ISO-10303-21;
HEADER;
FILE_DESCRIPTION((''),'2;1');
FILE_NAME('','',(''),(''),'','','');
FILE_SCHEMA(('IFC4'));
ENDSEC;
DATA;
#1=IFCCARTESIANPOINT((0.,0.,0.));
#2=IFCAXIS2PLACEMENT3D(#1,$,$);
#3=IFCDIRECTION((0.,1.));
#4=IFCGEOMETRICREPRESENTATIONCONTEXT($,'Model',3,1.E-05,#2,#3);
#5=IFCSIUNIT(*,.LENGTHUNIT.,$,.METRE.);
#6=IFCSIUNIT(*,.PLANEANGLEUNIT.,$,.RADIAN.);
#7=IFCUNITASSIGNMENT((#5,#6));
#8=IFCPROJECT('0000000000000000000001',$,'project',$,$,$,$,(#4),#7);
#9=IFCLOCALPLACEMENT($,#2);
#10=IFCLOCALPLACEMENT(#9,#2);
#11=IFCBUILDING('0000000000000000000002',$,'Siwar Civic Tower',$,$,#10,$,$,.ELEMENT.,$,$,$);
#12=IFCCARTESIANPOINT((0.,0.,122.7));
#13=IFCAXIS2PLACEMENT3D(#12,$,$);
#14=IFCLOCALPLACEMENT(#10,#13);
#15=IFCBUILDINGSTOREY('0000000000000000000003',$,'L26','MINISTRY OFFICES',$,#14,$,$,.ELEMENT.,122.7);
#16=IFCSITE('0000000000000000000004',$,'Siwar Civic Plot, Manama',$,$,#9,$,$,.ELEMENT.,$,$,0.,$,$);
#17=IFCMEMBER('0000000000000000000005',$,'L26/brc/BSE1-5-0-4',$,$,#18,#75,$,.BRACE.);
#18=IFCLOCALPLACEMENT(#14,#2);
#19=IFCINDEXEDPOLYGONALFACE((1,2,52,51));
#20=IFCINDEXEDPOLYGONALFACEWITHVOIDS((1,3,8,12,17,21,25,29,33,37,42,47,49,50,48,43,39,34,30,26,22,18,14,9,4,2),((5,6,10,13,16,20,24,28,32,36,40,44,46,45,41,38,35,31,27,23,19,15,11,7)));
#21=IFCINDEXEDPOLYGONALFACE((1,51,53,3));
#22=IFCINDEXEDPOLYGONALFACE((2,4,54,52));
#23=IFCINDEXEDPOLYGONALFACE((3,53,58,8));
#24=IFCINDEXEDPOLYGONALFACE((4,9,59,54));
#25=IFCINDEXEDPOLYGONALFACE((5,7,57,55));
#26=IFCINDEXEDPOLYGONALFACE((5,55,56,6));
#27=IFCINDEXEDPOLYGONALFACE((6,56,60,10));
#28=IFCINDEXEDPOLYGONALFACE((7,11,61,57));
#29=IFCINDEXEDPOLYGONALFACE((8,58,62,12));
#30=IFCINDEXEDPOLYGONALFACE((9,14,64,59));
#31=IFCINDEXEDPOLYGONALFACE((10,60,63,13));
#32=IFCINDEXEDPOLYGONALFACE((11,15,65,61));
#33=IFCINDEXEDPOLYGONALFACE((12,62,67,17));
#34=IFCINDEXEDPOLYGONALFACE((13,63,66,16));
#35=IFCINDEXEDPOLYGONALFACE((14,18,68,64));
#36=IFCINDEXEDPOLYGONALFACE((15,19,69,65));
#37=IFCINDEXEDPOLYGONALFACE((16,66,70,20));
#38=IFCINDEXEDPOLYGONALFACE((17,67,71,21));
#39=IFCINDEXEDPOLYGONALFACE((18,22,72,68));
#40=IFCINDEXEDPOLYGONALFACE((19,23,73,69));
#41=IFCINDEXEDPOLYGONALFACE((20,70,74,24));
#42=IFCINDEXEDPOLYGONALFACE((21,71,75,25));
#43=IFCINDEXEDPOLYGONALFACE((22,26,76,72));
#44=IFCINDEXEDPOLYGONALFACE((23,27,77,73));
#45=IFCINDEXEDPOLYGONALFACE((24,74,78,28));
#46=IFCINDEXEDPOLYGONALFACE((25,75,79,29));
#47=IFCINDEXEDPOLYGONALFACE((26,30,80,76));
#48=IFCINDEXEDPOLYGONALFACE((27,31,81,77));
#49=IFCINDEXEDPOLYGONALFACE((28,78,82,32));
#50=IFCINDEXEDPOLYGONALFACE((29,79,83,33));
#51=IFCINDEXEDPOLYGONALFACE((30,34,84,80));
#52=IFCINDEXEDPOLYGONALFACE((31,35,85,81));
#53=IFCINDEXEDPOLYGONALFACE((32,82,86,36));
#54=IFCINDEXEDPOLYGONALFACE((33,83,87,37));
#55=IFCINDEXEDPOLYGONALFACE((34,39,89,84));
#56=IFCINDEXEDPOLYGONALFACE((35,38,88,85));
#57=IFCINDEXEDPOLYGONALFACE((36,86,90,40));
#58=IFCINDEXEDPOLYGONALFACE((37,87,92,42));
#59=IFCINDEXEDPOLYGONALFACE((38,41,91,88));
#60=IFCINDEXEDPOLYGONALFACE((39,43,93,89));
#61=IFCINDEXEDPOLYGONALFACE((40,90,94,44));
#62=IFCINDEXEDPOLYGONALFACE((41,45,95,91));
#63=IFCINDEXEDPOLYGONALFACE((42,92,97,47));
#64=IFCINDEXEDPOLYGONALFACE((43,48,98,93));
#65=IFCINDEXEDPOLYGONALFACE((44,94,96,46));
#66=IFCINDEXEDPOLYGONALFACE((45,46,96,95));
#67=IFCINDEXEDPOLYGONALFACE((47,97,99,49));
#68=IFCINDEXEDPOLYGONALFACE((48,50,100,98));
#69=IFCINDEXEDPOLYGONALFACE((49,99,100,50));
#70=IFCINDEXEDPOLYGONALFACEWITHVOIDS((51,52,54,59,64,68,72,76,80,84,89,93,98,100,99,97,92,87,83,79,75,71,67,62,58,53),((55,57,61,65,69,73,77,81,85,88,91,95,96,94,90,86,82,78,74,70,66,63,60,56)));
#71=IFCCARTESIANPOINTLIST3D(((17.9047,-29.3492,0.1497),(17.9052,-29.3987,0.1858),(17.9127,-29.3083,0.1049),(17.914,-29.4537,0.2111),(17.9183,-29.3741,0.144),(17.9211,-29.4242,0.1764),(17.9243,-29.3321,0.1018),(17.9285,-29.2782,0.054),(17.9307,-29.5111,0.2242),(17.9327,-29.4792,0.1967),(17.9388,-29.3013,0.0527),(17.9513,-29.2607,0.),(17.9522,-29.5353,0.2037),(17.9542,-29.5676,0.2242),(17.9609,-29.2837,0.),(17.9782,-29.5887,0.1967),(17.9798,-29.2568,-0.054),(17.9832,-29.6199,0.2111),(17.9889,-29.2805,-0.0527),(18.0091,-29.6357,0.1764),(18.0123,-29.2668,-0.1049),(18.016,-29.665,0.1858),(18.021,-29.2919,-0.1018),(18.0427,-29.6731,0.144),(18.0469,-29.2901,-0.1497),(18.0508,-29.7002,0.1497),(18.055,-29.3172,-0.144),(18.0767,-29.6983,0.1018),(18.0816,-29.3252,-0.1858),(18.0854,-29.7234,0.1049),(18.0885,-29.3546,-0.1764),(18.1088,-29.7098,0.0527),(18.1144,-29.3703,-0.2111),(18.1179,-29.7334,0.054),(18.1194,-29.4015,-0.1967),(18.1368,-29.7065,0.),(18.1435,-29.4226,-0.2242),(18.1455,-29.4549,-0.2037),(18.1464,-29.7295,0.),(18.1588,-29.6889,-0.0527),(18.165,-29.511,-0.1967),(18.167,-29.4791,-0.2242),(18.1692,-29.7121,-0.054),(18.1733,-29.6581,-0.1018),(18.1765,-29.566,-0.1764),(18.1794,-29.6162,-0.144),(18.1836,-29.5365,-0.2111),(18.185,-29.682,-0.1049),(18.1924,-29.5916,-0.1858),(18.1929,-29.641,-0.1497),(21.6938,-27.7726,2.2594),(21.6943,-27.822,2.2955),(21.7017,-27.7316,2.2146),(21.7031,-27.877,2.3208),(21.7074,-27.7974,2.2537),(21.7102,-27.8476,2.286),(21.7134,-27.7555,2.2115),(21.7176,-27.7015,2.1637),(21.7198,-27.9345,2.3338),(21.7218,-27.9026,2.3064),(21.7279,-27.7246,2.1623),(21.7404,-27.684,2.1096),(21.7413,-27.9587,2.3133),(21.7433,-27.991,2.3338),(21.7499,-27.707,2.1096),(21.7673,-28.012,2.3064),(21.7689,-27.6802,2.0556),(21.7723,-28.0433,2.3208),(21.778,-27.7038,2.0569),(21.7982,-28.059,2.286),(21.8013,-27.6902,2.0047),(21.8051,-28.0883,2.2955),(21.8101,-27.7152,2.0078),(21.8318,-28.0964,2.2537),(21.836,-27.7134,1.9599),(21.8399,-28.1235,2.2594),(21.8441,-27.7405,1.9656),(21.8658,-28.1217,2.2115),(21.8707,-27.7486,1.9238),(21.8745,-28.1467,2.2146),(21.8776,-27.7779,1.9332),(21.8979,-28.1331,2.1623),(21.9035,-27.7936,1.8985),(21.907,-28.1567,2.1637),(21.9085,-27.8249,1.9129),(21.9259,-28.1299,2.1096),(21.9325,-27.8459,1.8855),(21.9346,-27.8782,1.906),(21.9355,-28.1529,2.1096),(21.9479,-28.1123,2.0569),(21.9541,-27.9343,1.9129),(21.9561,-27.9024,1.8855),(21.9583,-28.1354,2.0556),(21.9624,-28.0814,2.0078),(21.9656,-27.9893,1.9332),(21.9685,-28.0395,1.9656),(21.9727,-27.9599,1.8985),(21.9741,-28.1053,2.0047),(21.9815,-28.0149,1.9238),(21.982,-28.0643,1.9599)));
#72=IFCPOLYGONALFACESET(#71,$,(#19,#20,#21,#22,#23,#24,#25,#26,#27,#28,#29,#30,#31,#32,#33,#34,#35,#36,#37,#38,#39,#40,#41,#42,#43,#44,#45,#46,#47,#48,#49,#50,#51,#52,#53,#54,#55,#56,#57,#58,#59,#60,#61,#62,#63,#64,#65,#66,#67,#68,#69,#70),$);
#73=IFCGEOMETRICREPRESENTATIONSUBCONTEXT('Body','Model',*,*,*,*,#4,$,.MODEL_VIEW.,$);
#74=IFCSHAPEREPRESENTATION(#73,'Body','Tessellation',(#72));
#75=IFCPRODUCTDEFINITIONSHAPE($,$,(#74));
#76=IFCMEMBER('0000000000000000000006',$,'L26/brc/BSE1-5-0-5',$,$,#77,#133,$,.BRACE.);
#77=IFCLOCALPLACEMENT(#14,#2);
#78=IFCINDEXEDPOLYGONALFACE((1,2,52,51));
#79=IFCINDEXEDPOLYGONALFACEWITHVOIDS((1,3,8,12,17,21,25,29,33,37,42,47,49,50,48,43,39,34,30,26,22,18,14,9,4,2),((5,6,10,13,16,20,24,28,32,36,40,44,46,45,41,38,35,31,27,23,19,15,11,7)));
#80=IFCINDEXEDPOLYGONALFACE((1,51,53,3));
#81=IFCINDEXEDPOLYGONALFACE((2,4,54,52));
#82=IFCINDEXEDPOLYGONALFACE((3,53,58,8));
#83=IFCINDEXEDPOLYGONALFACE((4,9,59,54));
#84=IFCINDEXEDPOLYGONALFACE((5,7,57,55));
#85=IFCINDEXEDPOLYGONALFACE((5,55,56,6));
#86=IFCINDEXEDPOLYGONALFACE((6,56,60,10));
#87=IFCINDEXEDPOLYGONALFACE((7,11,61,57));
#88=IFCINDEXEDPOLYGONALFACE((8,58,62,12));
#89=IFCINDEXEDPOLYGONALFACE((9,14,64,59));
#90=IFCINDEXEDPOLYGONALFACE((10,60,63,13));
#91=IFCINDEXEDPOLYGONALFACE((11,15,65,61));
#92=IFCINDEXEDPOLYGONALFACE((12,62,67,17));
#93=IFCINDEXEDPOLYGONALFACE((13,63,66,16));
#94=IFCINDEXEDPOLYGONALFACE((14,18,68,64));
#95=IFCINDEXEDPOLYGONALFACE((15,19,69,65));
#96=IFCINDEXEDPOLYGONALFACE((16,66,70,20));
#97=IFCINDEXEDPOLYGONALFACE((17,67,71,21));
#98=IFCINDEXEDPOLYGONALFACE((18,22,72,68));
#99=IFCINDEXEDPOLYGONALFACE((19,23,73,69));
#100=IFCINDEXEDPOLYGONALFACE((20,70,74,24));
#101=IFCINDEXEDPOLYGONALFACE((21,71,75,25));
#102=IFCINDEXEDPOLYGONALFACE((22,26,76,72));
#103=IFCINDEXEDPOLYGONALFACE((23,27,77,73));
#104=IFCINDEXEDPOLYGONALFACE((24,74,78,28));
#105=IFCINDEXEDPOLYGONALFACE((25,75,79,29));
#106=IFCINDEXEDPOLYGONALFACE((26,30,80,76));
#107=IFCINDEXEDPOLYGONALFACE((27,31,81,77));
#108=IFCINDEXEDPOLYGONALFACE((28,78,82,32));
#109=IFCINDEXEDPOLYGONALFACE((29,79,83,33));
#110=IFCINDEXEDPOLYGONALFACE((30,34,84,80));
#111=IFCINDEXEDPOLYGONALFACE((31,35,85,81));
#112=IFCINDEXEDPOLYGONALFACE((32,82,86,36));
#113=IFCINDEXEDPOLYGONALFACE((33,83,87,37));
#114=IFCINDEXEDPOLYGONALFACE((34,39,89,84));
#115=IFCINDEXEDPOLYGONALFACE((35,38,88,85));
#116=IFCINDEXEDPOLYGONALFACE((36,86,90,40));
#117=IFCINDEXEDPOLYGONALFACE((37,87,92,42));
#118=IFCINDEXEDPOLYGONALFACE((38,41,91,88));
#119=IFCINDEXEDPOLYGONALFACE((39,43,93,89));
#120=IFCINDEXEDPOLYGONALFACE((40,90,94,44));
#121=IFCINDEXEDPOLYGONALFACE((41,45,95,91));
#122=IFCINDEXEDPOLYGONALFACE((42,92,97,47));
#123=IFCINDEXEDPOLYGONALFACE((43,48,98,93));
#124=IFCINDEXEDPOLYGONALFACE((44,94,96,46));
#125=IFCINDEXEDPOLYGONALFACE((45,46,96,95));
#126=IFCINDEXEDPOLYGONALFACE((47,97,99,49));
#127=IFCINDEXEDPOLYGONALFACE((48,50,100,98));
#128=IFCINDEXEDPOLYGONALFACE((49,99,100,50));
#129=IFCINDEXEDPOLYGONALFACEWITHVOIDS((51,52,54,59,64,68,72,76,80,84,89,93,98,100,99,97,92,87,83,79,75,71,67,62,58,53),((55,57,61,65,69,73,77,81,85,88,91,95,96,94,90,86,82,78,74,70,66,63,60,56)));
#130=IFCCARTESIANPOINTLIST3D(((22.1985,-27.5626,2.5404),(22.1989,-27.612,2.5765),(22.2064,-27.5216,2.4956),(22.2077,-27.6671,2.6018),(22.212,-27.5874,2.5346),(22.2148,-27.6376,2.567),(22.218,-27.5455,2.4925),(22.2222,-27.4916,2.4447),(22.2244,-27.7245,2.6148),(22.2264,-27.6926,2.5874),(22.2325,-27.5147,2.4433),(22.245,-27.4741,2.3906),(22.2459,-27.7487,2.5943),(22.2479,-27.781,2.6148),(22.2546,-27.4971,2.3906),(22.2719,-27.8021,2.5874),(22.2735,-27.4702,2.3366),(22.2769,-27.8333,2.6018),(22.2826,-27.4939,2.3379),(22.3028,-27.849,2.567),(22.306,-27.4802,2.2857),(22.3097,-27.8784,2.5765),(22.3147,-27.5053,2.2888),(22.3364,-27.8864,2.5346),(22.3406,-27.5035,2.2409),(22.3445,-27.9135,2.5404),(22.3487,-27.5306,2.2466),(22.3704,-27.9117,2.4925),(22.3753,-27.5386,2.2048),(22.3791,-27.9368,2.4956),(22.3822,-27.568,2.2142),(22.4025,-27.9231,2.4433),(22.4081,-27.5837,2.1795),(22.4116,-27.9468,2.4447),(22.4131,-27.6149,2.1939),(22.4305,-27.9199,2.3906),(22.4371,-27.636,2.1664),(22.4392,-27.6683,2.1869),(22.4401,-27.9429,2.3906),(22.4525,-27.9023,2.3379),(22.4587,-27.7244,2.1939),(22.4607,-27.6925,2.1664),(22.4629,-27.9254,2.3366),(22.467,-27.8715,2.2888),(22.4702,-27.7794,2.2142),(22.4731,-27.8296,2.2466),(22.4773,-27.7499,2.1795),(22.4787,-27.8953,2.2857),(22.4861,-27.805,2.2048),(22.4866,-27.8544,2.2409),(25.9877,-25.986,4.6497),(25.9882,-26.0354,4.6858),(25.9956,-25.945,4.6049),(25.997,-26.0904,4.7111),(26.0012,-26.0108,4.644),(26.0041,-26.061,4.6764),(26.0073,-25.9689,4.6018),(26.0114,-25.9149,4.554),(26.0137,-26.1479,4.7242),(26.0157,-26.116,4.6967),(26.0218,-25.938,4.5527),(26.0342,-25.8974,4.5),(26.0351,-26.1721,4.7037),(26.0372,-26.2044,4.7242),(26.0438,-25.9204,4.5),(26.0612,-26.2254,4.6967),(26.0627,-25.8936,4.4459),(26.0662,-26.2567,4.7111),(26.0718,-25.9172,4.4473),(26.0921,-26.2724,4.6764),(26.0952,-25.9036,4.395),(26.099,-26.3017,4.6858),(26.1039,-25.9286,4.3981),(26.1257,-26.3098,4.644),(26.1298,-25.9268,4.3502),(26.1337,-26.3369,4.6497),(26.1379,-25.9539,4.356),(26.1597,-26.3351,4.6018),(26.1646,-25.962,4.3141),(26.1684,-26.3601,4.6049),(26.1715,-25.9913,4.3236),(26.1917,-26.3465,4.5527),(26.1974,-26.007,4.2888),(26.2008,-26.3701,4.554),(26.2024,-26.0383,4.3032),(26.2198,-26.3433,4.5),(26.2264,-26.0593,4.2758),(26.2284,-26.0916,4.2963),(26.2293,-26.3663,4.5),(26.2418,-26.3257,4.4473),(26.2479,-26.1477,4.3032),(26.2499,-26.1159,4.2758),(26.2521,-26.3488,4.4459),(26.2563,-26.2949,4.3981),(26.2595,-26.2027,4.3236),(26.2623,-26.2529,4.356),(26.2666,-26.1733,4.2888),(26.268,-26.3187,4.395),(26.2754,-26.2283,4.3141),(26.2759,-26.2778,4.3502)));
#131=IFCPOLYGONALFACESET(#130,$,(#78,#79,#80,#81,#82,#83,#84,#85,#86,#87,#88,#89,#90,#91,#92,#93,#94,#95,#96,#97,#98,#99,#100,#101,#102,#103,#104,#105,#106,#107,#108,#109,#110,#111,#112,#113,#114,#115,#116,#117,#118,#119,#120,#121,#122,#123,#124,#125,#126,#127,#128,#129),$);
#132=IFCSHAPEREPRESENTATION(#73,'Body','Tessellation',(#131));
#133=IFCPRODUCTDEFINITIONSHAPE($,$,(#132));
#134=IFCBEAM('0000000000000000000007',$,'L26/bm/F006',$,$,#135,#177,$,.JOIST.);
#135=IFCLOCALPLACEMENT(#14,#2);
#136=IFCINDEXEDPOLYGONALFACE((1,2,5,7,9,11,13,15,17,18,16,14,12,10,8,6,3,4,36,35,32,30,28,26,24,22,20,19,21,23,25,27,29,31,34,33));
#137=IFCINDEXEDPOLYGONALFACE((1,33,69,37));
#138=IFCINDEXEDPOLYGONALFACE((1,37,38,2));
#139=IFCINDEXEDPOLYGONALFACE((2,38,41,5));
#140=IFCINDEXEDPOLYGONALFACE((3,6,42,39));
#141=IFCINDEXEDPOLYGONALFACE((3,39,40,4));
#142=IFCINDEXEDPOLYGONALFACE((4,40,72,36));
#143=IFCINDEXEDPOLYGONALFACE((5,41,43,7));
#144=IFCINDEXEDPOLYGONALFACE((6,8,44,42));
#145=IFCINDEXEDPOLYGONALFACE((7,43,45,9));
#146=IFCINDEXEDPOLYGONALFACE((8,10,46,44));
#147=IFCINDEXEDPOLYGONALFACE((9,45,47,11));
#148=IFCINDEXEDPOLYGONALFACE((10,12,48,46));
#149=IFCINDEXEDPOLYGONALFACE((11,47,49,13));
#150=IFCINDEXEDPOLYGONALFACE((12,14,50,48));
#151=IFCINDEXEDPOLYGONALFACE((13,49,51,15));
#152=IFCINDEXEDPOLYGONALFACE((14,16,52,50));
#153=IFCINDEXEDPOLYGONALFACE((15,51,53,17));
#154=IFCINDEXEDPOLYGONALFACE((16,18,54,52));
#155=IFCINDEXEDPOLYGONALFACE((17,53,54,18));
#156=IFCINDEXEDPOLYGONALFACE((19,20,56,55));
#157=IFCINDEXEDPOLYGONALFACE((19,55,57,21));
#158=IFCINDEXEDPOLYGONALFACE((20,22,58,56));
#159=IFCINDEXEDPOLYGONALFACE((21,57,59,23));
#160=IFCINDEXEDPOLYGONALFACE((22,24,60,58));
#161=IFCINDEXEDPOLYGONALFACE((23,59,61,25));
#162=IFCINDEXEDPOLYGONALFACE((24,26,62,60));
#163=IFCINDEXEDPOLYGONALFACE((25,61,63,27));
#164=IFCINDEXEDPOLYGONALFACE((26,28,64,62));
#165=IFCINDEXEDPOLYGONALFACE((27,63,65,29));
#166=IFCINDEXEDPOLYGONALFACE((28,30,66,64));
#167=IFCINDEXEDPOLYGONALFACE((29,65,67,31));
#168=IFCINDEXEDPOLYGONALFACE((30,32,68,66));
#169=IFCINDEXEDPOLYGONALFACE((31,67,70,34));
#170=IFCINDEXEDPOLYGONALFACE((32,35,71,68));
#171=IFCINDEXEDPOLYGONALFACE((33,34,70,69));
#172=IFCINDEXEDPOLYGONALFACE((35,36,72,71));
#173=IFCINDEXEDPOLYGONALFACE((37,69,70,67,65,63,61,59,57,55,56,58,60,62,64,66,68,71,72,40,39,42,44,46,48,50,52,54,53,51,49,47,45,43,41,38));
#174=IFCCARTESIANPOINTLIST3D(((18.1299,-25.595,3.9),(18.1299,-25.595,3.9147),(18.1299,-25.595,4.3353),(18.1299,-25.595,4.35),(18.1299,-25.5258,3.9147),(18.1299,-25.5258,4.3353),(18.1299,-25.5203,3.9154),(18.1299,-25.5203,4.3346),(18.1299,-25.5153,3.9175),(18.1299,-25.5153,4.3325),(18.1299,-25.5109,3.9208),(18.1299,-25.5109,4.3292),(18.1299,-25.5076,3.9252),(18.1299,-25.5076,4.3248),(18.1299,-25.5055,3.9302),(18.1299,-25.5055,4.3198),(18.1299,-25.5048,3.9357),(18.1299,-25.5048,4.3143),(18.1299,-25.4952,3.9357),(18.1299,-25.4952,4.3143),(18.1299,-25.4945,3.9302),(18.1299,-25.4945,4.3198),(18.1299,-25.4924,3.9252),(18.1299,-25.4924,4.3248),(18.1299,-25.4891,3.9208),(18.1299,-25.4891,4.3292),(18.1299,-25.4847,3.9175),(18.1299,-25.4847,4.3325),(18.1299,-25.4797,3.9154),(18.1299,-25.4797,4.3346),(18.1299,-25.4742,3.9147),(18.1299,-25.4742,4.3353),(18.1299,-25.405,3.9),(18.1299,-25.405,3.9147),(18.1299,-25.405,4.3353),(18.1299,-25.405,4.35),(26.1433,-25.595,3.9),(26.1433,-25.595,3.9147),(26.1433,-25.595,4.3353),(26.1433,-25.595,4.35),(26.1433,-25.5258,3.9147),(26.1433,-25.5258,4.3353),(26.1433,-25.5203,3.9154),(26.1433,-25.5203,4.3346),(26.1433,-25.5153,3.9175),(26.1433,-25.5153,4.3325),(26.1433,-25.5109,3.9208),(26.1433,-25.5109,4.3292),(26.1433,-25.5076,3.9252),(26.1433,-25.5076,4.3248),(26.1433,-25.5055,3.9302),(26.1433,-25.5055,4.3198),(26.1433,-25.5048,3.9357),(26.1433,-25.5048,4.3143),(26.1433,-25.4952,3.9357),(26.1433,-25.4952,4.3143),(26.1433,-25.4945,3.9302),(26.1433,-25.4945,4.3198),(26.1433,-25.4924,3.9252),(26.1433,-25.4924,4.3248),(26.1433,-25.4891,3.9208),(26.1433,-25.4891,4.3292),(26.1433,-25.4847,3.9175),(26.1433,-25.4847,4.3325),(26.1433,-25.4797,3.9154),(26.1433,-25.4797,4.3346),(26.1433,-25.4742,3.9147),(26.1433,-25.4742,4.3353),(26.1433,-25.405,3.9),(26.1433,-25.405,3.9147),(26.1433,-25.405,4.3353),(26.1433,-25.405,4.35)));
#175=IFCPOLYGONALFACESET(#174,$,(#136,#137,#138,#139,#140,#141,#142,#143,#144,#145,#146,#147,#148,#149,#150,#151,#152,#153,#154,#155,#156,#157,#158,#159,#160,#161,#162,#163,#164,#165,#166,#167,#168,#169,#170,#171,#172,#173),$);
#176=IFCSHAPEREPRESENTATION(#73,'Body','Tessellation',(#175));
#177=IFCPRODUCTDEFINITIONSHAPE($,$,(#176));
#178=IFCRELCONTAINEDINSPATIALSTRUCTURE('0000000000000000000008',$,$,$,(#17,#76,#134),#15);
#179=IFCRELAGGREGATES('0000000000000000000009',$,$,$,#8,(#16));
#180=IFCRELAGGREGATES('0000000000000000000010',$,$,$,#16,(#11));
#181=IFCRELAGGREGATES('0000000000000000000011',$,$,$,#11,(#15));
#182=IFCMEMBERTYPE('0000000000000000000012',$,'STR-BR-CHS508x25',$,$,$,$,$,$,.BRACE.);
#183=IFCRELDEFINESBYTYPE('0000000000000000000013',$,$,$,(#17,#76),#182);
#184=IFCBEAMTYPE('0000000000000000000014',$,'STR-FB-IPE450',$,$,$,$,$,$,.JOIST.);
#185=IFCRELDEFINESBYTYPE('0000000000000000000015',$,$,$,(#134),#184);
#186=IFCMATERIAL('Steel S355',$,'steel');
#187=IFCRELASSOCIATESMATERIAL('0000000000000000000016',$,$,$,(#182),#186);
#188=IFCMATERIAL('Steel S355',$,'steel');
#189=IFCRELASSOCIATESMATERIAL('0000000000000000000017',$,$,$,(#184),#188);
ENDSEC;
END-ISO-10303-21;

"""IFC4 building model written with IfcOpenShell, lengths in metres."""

from ifc_helpers import new_model, si_unit, direction, frame, origin, origin_2d, place, context, subcontext, project, spatial, hollow_circle, i_section, extrude, material, material_profile, profile_set, type_object, element, save


model = new_model("IFC4")

# Units and contexts
model_context = context("Model", 3, precision=1e-05, world=origin(), true_north=direction((0.0, 1.0)))
body_context = subcontext(model_context, "Body", "Model", "MODEL_VIEW")
ifc_project = project(units=[si_unit("LENGTHUNIT", "METRE"), si_unit("PLANEANGLEUNIT", "RADIAN")], contexts=[model_context])

# Site, building, storey
site_placement = place(None, origin())
site = spatial("IfcSite", under=ifc_project, at=site_placement, Name="Siwar Civic Plot, Manama", CompositionType="ELEMENT", RefElevation=0.0)
building_placement = place(site_placement, origin())
building = spatial("IfcBuilding", under=site, at=building_placement, Name="Siwar Civic Tower", CompositionType="ELEMENT")
storey_placement = place(building_placement, frame((0.0, 0.0, 122.7)))
storey = spatial("IfcBuildingStorey", under=building, at=storey_placement, Name="L26", Description="MINISTRY OFFICES", CompositionType="ELEMENT", Elevation=122.7)

# Members
ifc_material_1 = material(Name="Steel S355", Category="steel")
ifc_material_profile_1 = material_profile(ifc_material_1, hollow_circle(Radius=0.2539, WallThickness=0.0249, at=origin_2d()), Name="CHS508x25")
ifc_profile_set_1 = profile_set([ifc_material_profile_1], Name="Steel S355")
member_type_1 = type_object("IfcMemberType", Name="STR-BR-CHS508x25", PredefinedType="BRACE", material=ifc_profile_set_1)
for number, where, z_axis, x_axis, name in (
    (1, (18.0488, -29.4951, 0.0), (0.821126, 0.341677, 0.457175), (-0.384176, 0.92326, 0.0), "L26/brc/BSE1-5-0-4"),
    (2, (22.3425, -27.7085, 2.3906), (0.821163, 0.341671, 0.457113), (-0.384155, 0.923269, 0.0), "L26/brc/BSE1-5-0-5"),
):
    element("IfcMember", number, at=place(storey_placement, frame(where, z_axis=z_axis, x_axis=x_axis)), inside=storey, type_object=member_type_1, Name=name, PredefinedType="BRACE", context=body_context, shape_type="SweptSolid", body=[
        extrude(hollow_circle(Radius=0.2539, WallThickness=0.0249, at=origin_2d()), origin(), (0.0, 0.0, 1.0), 4.6145),
    ])

# Beam
ifc_material_2 = material(Name="Steel S355", Category="steel")
ifc_material_profile_2 = material_profile(ifc_material_2, i_section(OverallWidth=0.1899, OverallDepth=0.45, WebThickness=0.0095, FlangeThickness=0.0146, FilletRadius=0.021, at=origin_2d()), Name="IPE450")
ifc_profile_set_2 = profile_set([ifc_material_profile_2], Name="Steel S355")
beam_type_1 = type_object("IfcBeamType", Name="STR-FB-IPE450", PredefinedType="JOIST", material=ifc_profile_set_2)
beam_1_placement = place(storey_placement, frame((18.1299, -25.5, 4.125), z_axis=(1.0, 0.0, 0.0), x_axis=(0.0, 1.0, 0.0)))
element("IfcBeam", 3, at=beam_1_placement, inside=storey, type_object=beam_type_1, Name="L26/bm/F006", PredefinedType="JOIST", context=body_context, shape_type="SweptSolid", body=[
    extrude(i_section(OverallWidth=0.1899, OverallDepth=0.45, WebThickness=0.0095, FlangeThickness=0.0146, FilletRadius=0.021, at=origin_2d()), origin(), (0.0, 0.0, 1.0), 8.0134),
])

save(model, "model.ifc")
